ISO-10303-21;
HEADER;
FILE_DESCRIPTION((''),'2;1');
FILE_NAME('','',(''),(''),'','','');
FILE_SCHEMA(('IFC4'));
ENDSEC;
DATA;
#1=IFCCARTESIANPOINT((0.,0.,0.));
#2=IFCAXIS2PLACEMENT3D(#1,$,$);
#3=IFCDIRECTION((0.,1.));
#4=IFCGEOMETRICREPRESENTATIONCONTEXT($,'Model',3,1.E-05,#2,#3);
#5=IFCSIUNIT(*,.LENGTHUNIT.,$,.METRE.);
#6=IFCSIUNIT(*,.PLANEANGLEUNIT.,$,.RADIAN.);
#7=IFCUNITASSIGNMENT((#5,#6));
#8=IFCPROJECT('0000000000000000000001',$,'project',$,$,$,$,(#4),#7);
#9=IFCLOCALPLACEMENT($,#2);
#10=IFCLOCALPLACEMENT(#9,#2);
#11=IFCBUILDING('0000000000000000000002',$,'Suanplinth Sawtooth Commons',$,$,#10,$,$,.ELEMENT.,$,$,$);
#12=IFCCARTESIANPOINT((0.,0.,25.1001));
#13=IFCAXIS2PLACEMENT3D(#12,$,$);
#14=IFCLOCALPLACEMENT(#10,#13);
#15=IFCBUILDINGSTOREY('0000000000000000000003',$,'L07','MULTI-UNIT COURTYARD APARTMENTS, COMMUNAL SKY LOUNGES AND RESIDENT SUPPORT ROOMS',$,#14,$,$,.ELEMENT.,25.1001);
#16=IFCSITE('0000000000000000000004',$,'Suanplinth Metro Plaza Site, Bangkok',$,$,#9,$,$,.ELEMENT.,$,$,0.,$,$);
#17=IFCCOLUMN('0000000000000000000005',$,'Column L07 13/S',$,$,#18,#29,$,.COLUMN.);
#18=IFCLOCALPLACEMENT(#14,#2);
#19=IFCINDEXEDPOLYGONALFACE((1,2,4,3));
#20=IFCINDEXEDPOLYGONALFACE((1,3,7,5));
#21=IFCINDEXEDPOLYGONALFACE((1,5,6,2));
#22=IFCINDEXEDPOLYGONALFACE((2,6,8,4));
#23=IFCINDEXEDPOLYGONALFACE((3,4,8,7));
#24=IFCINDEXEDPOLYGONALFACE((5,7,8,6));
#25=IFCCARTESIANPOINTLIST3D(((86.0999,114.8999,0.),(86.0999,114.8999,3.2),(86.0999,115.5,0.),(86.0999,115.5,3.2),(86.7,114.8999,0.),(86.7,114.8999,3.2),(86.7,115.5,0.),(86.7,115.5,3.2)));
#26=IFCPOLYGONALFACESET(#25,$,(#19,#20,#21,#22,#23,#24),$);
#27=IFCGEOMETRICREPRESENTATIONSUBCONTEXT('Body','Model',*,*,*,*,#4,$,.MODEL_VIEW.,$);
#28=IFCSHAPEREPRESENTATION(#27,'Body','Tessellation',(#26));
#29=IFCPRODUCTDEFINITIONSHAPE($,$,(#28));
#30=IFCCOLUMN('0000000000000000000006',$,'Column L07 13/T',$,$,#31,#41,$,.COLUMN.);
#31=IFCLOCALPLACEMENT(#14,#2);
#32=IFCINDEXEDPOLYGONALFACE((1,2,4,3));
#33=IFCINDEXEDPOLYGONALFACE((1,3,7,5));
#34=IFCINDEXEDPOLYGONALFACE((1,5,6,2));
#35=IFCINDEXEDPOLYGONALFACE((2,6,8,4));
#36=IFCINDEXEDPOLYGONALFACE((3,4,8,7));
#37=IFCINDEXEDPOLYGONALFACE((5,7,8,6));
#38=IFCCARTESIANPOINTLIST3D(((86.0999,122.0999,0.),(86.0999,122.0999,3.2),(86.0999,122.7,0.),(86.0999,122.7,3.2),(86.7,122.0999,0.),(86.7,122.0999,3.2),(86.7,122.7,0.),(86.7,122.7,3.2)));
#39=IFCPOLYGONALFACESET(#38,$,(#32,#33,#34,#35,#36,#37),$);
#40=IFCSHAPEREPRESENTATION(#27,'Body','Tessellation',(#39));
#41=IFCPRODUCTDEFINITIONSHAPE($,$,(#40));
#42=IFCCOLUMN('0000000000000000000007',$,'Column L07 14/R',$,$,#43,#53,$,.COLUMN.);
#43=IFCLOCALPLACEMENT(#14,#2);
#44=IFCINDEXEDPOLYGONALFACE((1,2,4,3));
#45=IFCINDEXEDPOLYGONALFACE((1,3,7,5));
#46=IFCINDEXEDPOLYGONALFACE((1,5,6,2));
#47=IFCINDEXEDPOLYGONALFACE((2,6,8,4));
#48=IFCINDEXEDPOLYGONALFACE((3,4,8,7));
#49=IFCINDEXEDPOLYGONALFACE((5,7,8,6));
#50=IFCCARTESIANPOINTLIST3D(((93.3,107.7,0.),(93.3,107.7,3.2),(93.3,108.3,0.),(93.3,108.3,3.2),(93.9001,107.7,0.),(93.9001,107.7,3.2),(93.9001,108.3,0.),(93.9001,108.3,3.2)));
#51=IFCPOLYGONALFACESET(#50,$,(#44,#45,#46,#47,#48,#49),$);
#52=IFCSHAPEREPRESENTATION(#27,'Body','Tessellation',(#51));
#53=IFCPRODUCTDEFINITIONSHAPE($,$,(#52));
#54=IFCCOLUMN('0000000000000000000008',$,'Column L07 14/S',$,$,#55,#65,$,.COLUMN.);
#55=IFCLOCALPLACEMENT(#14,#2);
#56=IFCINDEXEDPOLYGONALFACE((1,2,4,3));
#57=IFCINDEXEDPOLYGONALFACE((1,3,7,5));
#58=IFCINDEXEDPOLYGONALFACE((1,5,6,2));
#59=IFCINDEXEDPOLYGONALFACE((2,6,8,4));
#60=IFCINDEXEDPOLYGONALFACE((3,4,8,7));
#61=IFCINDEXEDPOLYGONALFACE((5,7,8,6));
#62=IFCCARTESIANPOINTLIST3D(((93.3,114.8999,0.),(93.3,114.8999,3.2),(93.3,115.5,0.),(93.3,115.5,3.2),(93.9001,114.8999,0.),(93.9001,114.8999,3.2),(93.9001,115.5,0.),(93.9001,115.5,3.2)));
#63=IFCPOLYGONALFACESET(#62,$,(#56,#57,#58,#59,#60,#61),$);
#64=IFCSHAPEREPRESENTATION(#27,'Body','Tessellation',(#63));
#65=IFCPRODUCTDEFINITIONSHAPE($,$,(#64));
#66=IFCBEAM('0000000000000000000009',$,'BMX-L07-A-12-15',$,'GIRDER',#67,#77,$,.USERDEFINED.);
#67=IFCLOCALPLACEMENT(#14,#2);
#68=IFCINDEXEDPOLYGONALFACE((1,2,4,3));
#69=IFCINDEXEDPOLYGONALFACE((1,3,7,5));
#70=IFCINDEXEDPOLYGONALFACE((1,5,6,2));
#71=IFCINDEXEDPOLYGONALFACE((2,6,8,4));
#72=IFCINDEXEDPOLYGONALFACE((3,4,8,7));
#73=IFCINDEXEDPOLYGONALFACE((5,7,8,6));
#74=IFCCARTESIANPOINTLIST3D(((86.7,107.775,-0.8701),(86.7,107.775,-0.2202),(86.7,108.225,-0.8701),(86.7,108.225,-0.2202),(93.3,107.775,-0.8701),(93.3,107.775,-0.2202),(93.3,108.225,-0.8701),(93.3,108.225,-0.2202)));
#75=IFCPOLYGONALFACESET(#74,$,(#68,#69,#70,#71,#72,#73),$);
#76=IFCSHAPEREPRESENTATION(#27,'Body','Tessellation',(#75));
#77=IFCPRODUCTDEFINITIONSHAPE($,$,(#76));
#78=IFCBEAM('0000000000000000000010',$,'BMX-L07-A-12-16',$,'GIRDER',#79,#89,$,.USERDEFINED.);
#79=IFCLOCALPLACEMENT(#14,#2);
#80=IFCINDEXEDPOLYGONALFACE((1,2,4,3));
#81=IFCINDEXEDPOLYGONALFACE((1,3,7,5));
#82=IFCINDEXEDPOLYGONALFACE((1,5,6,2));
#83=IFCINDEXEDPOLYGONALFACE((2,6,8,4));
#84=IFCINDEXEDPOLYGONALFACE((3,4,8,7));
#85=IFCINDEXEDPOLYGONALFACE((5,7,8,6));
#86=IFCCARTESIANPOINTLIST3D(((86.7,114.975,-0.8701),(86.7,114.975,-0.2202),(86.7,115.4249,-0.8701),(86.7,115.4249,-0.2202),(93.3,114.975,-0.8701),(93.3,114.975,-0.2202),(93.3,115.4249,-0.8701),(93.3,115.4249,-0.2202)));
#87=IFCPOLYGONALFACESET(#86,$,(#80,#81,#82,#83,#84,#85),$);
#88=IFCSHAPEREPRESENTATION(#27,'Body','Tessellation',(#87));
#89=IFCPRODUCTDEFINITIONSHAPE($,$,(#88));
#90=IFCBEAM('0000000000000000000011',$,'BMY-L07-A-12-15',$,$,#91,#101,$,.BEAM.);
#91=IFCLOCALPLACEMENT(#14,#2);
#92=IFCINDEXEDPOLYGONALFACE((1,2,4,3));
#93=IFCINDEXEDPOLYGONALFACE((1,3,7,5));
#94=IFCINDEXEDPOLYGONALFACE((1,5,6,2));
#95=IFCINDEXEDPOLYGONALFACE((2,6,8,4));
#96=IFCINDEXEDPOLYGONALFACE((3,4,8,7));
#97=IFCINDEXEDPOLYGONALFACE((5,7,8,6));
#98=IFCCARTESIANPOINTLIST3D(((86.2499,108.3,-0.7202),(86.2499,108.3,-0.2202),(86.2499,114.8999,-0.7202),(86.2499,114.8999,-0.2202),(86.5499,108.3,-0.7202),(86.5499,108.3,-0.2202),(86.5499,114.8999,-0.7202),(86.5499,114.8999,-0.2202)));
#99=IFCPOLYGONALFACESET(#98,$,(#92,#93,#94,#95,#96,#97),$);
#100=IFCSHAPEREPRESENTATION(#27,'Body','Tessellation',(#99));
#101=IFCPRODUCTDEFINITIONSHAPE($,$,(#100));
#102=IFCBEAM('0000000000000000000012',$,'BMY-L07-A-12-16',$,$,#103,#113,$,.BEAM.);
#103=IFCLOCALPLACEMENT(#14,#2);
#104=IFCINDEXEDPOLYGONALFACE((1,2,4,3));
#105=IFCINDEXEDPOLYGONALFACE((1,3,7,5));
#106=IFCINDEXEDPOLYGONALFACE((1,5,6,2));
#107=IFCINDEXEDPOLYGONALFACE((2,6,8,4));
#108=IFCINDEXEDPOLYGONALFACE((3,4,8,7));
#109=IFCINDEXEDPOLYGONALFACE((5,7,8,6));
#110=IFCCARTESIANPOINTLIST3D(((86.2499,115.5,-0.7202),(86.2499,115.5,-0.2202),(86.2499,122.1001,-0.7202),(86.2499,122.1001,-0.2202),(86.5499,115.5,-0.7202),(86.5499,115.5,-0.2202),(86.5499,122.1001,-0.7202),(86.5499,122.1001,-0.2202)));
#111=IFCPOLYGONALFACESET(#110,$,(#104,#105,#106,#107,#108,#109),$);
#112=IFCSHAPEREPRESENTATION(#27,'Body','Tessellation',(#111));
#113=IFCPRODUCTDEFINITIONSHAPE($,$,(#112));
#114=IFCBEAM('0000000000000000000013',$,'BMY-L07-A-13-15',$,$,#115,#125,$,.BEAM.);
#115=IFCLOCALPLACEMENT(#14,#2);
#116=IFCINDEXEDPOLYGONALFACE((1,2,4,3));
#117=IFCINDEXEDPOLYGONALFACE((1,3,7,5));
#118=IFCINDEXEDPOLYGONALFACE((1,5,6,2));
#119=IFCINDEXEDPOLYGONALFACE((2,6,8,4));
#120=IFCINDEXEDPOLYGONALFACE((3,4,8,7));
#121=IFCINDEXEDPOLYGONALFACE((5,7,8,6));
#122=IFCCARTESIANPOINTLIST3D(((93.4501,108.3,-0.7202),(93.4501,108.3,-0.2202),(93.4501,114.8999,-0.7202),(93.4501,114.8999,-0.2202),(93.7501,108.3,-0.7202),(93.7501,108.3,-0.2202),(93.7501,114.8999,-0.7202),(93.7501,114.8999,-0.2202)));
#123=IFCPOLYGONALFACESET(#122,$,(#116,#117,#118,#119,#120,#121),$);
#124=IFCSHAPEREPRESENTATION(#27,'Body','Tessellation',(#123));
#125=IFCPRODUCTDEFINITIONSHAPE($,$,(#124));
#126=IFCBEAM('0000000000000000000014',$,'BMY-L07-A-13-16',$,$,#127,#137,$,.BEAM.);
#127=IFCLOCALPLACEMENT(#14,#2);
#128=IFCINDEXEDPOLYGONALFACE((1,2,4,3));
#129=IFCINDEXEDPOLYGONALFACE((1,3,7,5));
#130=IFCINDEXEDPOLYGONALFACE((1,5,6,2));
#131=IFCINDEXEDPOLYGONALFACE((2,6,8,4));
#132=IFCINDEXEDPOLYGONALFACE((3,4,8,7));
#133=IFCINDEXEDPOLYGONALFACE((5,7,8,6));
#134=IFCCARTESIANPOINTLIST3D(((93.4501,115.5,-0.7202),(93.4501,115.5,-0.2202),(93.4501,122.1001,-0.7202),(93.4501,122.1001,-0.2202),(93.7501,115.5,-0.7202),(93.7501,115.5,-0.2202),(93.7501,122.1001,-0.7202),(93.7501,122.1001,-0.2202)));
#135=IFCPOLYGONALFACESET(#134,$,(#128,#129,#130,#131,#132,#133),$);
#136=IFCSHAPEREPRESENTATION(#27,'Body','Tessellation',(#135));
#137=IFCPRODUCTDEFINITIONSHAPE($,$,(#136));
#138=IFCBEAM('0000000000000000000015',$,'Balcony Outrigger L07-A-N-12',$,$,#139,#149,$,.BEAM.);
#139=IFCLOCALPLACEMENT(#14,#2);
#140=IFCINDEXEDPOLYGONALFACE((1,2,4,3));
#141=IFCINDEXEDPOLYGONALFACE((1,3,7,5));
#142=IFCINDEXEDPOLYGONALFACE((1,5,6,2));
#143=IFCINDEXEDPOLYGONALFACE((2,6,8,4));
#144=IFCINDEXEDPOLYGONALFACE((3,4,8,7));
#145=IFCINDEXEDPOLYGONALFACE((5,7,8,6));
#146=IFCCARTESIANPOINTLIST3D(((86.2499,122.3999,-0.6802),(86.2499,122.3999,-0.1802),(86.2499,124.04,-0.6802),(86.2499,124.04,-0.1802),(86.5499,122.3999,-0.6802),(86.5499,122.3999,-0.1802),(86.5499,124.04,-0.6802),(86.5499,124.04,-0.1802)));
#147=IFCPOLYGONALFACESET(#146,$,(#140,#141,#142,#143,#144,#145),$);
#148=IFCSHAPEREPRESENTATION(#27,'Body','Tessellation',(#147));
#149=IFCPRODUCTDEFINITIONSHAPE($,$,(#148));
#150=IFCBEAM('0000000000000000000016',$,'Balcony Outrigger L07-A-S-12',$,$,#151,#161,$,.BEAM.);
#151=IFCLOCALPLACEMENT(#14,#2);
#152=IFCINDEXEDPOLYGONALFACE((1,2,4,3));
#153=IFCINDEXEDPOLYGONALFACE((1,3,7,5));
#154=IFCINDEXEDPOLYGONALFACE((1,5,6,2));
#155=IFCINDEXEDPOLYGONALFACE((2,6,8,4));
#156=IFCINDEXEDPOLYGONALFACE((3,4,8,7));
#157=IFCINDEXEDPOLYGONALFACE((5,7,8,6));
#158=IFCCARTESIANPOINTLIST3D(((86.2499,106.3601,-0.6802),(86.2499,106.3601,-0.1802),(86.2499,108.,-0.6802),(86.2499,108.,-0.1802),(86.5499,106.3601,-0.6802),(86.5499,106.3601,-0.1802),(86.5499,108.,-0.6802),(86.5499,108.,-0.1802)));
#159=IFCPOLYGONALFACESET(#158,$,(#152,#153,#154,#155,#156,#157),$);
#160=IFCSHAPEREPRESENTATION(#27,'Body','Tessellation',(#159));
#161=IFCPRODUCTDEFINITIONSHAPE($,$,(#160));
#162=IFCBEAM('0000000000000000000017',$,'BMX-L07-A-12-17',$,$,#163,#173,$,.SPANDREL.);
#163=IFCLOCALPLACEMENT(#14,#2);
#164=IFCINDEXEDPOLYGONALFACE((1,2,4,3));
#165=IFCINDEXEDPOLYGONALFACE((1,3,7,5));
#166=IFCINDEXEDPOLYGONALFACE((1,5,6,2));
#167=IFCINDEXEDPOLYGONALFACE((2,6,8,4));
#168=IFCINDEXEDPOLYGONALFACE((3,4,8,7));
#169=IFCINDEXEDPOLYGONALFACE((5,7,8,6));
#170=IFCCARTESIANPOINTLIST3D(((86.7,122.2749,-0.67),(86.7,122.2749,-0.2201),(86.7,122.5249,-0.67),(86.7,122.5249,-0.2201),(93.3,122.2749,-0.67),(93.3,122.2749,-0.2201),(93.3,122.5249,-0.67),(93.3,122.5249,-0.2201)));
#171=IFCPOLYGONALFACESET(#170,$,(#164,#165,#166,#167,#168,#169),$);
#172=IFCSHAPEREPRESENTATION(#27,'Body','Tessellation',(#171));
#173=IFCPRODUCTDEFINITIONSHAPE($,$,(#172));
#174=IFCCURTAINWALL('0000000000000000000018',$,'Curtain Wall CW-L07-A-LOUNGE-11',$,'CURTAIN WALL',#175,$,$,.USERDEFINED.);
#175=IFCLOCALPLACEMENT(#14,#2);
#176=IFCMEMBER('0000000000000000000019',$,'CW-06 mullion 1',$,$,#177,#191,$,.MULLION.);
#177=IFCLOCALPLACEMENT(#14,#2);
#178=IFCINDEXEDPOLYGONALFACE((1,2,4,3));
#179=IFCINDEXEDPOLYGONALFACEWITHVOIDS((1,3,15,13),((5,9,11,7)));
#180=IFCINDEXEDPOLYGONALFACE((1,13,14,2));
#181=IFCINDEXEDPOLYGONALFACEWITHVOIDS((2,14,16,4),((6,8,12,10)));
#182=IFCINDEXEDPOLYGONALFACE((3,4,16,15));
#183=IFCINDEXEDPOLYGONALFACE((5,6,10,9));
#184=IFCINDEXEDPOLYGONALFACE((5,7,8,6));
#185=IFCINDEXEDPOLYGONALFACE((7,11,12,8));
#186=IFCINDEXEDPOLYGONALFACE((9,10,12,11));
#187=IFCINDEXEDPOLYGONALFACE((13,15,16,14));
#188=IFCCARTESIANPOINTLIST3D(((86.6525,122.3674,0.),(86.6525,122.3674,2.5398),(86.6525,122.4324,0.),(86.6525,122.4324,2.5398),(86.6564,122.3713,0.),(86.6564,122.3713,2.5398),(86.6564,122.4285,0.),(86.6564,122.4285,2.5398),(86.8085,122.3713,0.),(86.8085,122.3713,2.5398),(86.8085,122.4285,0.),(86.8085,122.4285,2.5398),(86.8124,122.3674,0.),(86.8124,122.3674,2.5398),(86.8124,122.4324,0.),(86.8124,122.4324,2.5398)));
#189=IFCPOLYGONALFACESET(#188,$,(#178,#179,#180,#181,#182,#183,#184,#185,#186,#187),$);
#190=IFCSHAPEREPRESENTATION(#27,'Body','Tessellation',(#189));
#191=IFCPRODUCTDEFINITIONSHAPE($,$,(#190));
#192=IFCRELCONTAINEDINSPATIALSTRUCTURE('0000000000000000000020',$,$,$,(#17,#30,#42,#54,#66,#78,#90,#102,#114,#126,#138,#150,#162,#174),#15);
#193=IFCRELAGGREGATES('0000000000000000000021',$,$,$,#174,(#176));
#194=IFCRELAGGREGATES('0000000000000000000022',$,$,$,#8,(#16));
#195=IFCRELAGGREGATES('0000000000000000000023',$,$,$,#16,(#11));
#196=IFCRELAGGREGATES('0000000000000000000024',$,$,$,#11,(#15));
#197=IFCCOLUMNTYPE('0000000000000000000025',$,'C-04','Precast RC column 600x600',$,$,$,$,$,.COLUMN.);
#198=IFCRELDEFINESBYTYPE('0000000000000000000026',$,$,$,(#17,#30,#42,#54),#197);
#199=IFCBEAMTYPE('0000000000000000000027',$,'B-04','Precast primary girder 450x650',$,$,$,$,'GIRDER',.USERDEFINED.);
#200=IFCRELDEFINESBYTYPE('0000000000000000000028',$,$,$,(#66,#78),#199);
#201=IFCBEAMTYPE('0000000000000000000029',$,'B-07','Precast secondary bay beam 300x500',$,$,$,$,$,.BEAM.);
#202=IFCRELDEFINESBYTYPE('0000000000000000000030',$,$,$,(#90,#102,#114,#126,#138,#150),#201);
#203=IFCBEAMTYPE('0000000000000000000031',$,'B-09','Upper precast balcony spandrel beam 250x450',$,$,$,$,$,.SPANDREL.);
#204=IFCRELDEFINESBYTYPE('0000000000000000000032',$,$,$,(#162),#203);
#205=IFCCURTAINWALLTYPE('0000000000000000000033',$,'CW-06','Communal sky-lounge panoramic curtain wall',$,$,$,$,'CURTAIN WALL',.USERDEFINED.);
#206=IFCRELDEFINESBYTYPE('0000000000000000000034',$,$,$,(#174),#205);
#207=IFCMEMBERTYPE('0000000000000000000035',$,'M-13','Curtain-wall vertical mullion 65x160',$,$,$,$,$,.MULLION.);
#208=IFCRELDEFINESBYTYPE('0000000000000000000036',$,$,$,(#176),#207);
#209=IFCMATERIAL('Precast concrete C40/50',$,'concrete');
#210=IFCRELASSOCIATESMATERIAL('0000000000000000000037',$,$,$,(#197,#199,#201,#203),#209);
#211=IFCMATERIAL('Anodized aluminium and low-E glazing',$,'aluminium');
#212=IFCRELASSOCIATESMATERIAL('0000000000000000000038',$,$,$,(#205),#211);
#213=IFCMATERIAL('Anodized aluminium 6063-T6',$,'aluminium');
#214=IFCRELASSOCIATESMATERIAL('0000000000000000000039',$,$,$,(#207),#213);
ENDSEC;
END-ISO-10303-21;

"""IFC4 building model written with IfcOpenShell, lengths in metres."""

from ifc_helpers import new_model, si_unit, direction, frame, origin, origin_2d, place, context, subcontext, project, spatial, rectangle, hollow_rectangle, extrude, material, material_profile, profile_set, type_object, element, aggregate, save


model = new_model("IFC4")

# Units and contexts
model_context = context("Model", 3, precision=1e-05, world=origin(), true_north=direction((0.0, 1.0)))
body_context = subcontext(model_context, "Body", "Model", "MODEL_VIEW")
ifc_project = project(units=[si_unit("LENGTHUNIT", "METRE"), si_unit("PLANEANGLEUNIT", "RADIAN")], contexts=[model_context])

# Site, building, storey
site_placement = place(None, origin())
site = spatial("IfcSite", under=ifc_project, at=site_placement, Name="Suanplinth Metro Plaza Site, Bangkok", CompositionType="ELEMENT", RefElevation=0.0)
building_placement = place(site_placement, origin())
building = spatial("IfcBuilding", under=site, at=building_placement, Name="Suanplinth Sawtooth Commons", CompositionType="ELEMENT")
storey_placement = place(building_placement, frame((0.0, 0.0, 25.1001)))
storey = spatial("IfcBuildingStorey", under=building, at=storey_placement, Name="L07", Description="MULTI-UNIT COURTYARD APARTMENTS, COMMUNAL SKY LOUNGES AND RESIDENT SUPPORT ROOMS", CompositionType="ELEMENT", Elevation=25.1001)

# Columns
ifc_material_1 = material(Name="Precast concrete C40/50", Category="concrete")
ifc_material_profile_1 = material_profile(ifc_material_1, rectangle(XDim=0.6001, YDim=0.6001, at=origin_2d()), Name="PC-COL 600x600")
ifc_profile_set_1 = profile_set([ifc_material_profile_1], Name="Precast concrete C40/50")
column_type = type_object("IfcColumnType", Name="C-04", Description="Precast RC column 600x600", PredefinedType="COLUMN", material=ifc_profile_set_1)
for number, where, z_axis, x_axis, name in (
    (1, (86.3999, 115.2, 0.0), (0.0, 0.0, 1.0), (1.0, 0.0, 0.0), "Column L07 13/S"),
    (2, (86.3999, 122.3999, 0.0), (0.0, 0.0, 1.0), (1.0, 0.0, 0.0), "Column L07 13/T"),
    (3, (93.6001, 108.0, 0.0), (0.0, 0.0, 1.0), (1.0, 0.0, 0.0), "Column L07 14/R"),
    (4, (93.6001, 115.2, 0.0), (0.0, 0.0, 1.0), (1.0, 0.0, 0.0), "Column L07 14/S"),
):
    element("IfcColumn", number, at=place(storey_placement, frame(where, z_axis=z_axis, x_axis=x_axis)), inside=storey, type_object=column_type, Name=name, PredefinedType="COLUMN", context=body_context, shape_type="SweptSolid", body=[
        extrude(rectangle(XDim=0.6001, YDim=0.6001, at=origin_2d()), origin(), (0.0, 0.0, 1.0), 3.2),
    ])

# Beams
ifc_material_profile_2 = material_profile(ifc_material_1, rectangle(XDim=0.45, YDim=0.6499, at=origin_2d()), Name="PC-GDR 450x650")
ifc_profile_set_2 = profile_set([ifc_material_profile_2], Name="Precast concrete C40/50")
beam_type_1 = type_object("IfcBeamType", Name="B-04", Description="Precast primary girder 450x650", ElementType="GIRDER", PredefinedType="USERDEFINED", material=ifc_profile_set_2)
for number, where, z_axis, x_axis, name in (
    (5, (86.7, 108.0, -0.5452), (1.0, 0.0, 0.0), (0.0, 1.0, 0.0), "BMX-L07-A-12-15"),
    (6, (86.7, 115.2, -0.5452), (1.0, 0.0, 0.0), (0.0, 1.0, 0.0), "BMX-L07-A-12-16"),
):
    element("IfcBeam", number, at=place(storey_placement, frame(where, z_axis=z_axis, x_axis=x_axis)), inside=storey, type_object=beam_type_1, Name=name, ObjectType="GIRDER", PredefinedType="USERDEFINED", context=body_context, shape_type="SweptSolid", body=[
        extrude(rectangle(XDim=0.45, YDim=0.6499, at=origin_2d()), origin(), (0.0, 0.0, 1.0), 6.6001),
    ])
ifc_material_profile_3 = material_profile(ifc_material_1, rectangle(XDim=0.3, YDim=0.5, at=origin_2d()), Name="PC-BM 300x500")
ifc_profile_set_3 = profile_set([ifc_material_profile_3], Name="Precast concrete C40/50")
beam_type_2 = type_object("IfcBeamType", Name="B-07", Description="Precast secondary bay beam 300x500", PredefinedType="BEAM", material=ifc_profile_set_3)
beam_1_placement = place(storey_placement, frame((86.3999, 108.3, -0.4702), z_axis=(0.0, 1.0, 0.0), x_axis=(-1.0, 0.0, 0.0)))
element("IfcBeam", 7, at=beam_1_placement, inside=storey, type_object=beam_type_2, Name="BMY-L07-A-12-15", PredefinedType="BEAM", context=body_context, shape_type="SweptSolid", body=[
    extrude(rectangle(XDim=0.3, YDim=0.5, at=origin_2d()), origin(), (0.0, 0.0, 1.0), 6.5999),
])
beam_2_placement = place(storey_placement, frame((86.3999, 115.5, -0.4702), z_axis=(0.0, 1.0, 0.0), x_axis=(-1.0, 0.0, 0.0)))
element("IfcBeam", 8, at=beam_2_placement, inside=storey, type_object=beam_type_2, Name="BMY-L07-A-12-16", PredefinedType="BEAM", context=body_context, shape_type="SweptSolid", body=[
    extrude(rectangle(XDim=0.3, YDim=0.5, at=origin_2d()), origin(), (0.0, 0.0, 1.0), 6.6001),
])
beam_3_placement = place(storey_placement, frame((93.6001, 108.3, -0.4702), z_axis=(0.0, 1.0, 0.0), x_axis=(-1.0, 0.0, 0.0)))
element("IfcBeam", 9, at=beam_3_placement, inside=storey, type_object=beam_type_2, Name="BMY-L07-A-13-15", PredefinedType="BEAM", context=body_context, shape_type="SweptSolid", body=[
    extrude(rectangle(XDim=0.3, YDim=0.5, at=origin_2d()), origin(), (0.0, 0.0, 1.0), 6.5999),
])
beam_4_placement = place(storey_placement, frame((93.6001, 115.5, -0.4702), z_axis=(0.0, 1.0, 0.0), x_axis=(-1.0, 0.0, 0.0)))
element("IfcBeam", 10, at=beam_4_placement, inside=storey, type_object=beam_type_2, Name="BMY-L07-A-13-16", PredefinedType="BEAM", context=body_context, shape_type="SweptSolid", body=[
    extrude(rectangle(XDim=0.3, YDim=0.5, at=origin_2d()), origin(), (0.0, 0.0, 1.0), 6.6001),
])
beam_5_placement = place(storey_placement, frame((86.3999, 122.3999, -0.4302), z_axis=(0.0, 1.0, 0.0), x_axis=(-1.0, 0.0, 0.0)))
element("IfcBeam", 11, at=beam_5_placement, inside=storey, type_object=beam_type_2, Name="Balcony Outrigger L07-A-N-12", PredefinedType="BEAM", context=body_context, shape_type="SweptSolid", body=[
    extrude(rectangle(XDim=0.3, YDim=0.5, at=origin_2d()), origin(), (0.0, 0.0, 1.0), 1.6401),
])
beam_6_placement = place(storey_placement, frame((86.3999, 108.0, -0.4302), z_axis=(0.0, -1.0, 0.0), x_axis=(1.0, 0.0, 0.0)))
element("IfcBeam", 12, at=beam_6_placement, inside=storey, type_object=beam_type_2, Name="Balcony Outrigger L07-A-S-12", PredefinedType="BEAM", context=body_context, shape_type="SweptSolid", body=[
    extrude(rectangle(XDim=0.3, YDim=0.5, at=origin_2d()), origin(), (0.0, 0.0, 1.0), 1.6399),
])
ifc_material_profile_4 = material_profile(ifc_material_1, rectangle(XDim=0.25, YDim=0.45, at=origin_2d()), Name="PC-SP 250x450")
ifc_profile_set_4 = profile_set([ifc_material_profile_4], Name="Precast concrete C40/50")
beam_type_3 = type_object("IfcBeamType", Name="B-09", Description="Upper precast balcony spandrel beam 250x450", PredefinedType="SPANDREL", material=ifc_profile_set_4)
beam_7_placement = place(storey_placement, frame((86.7, 122.3999, -0.4451), z_axis=(1.0, 0.0, 0.0), x_axis=(0.0, 1.0, 0.0)))
element("IfcBeam", 13, at=beam_7_placement, inside=storey, type_object=beam_type_3, Name="BMX-L07-A-12-17", PredefinedType="SPANDREL", context=body_context, shape_type="SweptSolid", body=[
    extrude(rectangle(XDim=0.25, YDim=0.45, at=origin_2d()), origin(), (0.0, 0.0, 1.0), 6.6001),
])

# Curtain wall, member
ifc_material_2 = material(Name="Anodized aluminium and low-E glazing", Category="aluminium")
curtain_wall_type = type_object("IfcCurtainWallType", Name="CW-06", Description="Communal sky-lounge panoramic curtain wall", ElementType="CURTAIN WALL", PredefinedType="USERDEFINED", material=ifc_material_2)
curtain_wall_placement = place(storey_placement, origin())
curtain_wall = element("IfcCurtainWall", 14, at=curtain_wall_placement, inside=storey, type_object=curtain_wall_type, Name="Curtain Wall CW-L07-A-LOUNGE-11", ObjectType="CURTAIN WALL", PredefinedType="USERDEFINED")
ifc_material_3 = material(Name="Anodized aluminium 6063-T6", Category="aluminium")
ifc_material_profile_5 = material_profile(ifc_material_3, hollow_rectangle(XDim=0.0649, YDim=0.1599, WallThickness=0.0039, at=origin_2d()), Name="ALU-MUL 65x160")
ifc_profile_set_5 = profile_set([ifc_material_profile_5], Name="Anodized aluminium 6063-T6")
member_type_1 = type_object("IfcMemberType", Name="M-13", Description="Curtain-wall vertical mullion 65x160", PredefinedType="MULLION", material=ifc_profile_set_5)
member_1_placement = place(storey_placement, frame((86.7324, 122.3999, 0.0), z_axis=(0.0, 0.0, 1.0), x_axis=(0.0, 1.0, 0.0)))
member_1 = element("IfcMember", 15, at=member_1_placement, type_object=member_type_1, Name="CW-06 mullion 1", PredefinedType="MULLION", context=body_context, shape_type="SweptSolid", body=[
    extrude(hollow_rectangle(XDim=0.0649, YDim=0.1599, WallThickness=0.0039, at=origin_2d()), origin(), (0.0, 0.0, 1.0), 2.5398),
])
aggregate(curtain_wall, [member_1])

save(model, "model.ifc")
